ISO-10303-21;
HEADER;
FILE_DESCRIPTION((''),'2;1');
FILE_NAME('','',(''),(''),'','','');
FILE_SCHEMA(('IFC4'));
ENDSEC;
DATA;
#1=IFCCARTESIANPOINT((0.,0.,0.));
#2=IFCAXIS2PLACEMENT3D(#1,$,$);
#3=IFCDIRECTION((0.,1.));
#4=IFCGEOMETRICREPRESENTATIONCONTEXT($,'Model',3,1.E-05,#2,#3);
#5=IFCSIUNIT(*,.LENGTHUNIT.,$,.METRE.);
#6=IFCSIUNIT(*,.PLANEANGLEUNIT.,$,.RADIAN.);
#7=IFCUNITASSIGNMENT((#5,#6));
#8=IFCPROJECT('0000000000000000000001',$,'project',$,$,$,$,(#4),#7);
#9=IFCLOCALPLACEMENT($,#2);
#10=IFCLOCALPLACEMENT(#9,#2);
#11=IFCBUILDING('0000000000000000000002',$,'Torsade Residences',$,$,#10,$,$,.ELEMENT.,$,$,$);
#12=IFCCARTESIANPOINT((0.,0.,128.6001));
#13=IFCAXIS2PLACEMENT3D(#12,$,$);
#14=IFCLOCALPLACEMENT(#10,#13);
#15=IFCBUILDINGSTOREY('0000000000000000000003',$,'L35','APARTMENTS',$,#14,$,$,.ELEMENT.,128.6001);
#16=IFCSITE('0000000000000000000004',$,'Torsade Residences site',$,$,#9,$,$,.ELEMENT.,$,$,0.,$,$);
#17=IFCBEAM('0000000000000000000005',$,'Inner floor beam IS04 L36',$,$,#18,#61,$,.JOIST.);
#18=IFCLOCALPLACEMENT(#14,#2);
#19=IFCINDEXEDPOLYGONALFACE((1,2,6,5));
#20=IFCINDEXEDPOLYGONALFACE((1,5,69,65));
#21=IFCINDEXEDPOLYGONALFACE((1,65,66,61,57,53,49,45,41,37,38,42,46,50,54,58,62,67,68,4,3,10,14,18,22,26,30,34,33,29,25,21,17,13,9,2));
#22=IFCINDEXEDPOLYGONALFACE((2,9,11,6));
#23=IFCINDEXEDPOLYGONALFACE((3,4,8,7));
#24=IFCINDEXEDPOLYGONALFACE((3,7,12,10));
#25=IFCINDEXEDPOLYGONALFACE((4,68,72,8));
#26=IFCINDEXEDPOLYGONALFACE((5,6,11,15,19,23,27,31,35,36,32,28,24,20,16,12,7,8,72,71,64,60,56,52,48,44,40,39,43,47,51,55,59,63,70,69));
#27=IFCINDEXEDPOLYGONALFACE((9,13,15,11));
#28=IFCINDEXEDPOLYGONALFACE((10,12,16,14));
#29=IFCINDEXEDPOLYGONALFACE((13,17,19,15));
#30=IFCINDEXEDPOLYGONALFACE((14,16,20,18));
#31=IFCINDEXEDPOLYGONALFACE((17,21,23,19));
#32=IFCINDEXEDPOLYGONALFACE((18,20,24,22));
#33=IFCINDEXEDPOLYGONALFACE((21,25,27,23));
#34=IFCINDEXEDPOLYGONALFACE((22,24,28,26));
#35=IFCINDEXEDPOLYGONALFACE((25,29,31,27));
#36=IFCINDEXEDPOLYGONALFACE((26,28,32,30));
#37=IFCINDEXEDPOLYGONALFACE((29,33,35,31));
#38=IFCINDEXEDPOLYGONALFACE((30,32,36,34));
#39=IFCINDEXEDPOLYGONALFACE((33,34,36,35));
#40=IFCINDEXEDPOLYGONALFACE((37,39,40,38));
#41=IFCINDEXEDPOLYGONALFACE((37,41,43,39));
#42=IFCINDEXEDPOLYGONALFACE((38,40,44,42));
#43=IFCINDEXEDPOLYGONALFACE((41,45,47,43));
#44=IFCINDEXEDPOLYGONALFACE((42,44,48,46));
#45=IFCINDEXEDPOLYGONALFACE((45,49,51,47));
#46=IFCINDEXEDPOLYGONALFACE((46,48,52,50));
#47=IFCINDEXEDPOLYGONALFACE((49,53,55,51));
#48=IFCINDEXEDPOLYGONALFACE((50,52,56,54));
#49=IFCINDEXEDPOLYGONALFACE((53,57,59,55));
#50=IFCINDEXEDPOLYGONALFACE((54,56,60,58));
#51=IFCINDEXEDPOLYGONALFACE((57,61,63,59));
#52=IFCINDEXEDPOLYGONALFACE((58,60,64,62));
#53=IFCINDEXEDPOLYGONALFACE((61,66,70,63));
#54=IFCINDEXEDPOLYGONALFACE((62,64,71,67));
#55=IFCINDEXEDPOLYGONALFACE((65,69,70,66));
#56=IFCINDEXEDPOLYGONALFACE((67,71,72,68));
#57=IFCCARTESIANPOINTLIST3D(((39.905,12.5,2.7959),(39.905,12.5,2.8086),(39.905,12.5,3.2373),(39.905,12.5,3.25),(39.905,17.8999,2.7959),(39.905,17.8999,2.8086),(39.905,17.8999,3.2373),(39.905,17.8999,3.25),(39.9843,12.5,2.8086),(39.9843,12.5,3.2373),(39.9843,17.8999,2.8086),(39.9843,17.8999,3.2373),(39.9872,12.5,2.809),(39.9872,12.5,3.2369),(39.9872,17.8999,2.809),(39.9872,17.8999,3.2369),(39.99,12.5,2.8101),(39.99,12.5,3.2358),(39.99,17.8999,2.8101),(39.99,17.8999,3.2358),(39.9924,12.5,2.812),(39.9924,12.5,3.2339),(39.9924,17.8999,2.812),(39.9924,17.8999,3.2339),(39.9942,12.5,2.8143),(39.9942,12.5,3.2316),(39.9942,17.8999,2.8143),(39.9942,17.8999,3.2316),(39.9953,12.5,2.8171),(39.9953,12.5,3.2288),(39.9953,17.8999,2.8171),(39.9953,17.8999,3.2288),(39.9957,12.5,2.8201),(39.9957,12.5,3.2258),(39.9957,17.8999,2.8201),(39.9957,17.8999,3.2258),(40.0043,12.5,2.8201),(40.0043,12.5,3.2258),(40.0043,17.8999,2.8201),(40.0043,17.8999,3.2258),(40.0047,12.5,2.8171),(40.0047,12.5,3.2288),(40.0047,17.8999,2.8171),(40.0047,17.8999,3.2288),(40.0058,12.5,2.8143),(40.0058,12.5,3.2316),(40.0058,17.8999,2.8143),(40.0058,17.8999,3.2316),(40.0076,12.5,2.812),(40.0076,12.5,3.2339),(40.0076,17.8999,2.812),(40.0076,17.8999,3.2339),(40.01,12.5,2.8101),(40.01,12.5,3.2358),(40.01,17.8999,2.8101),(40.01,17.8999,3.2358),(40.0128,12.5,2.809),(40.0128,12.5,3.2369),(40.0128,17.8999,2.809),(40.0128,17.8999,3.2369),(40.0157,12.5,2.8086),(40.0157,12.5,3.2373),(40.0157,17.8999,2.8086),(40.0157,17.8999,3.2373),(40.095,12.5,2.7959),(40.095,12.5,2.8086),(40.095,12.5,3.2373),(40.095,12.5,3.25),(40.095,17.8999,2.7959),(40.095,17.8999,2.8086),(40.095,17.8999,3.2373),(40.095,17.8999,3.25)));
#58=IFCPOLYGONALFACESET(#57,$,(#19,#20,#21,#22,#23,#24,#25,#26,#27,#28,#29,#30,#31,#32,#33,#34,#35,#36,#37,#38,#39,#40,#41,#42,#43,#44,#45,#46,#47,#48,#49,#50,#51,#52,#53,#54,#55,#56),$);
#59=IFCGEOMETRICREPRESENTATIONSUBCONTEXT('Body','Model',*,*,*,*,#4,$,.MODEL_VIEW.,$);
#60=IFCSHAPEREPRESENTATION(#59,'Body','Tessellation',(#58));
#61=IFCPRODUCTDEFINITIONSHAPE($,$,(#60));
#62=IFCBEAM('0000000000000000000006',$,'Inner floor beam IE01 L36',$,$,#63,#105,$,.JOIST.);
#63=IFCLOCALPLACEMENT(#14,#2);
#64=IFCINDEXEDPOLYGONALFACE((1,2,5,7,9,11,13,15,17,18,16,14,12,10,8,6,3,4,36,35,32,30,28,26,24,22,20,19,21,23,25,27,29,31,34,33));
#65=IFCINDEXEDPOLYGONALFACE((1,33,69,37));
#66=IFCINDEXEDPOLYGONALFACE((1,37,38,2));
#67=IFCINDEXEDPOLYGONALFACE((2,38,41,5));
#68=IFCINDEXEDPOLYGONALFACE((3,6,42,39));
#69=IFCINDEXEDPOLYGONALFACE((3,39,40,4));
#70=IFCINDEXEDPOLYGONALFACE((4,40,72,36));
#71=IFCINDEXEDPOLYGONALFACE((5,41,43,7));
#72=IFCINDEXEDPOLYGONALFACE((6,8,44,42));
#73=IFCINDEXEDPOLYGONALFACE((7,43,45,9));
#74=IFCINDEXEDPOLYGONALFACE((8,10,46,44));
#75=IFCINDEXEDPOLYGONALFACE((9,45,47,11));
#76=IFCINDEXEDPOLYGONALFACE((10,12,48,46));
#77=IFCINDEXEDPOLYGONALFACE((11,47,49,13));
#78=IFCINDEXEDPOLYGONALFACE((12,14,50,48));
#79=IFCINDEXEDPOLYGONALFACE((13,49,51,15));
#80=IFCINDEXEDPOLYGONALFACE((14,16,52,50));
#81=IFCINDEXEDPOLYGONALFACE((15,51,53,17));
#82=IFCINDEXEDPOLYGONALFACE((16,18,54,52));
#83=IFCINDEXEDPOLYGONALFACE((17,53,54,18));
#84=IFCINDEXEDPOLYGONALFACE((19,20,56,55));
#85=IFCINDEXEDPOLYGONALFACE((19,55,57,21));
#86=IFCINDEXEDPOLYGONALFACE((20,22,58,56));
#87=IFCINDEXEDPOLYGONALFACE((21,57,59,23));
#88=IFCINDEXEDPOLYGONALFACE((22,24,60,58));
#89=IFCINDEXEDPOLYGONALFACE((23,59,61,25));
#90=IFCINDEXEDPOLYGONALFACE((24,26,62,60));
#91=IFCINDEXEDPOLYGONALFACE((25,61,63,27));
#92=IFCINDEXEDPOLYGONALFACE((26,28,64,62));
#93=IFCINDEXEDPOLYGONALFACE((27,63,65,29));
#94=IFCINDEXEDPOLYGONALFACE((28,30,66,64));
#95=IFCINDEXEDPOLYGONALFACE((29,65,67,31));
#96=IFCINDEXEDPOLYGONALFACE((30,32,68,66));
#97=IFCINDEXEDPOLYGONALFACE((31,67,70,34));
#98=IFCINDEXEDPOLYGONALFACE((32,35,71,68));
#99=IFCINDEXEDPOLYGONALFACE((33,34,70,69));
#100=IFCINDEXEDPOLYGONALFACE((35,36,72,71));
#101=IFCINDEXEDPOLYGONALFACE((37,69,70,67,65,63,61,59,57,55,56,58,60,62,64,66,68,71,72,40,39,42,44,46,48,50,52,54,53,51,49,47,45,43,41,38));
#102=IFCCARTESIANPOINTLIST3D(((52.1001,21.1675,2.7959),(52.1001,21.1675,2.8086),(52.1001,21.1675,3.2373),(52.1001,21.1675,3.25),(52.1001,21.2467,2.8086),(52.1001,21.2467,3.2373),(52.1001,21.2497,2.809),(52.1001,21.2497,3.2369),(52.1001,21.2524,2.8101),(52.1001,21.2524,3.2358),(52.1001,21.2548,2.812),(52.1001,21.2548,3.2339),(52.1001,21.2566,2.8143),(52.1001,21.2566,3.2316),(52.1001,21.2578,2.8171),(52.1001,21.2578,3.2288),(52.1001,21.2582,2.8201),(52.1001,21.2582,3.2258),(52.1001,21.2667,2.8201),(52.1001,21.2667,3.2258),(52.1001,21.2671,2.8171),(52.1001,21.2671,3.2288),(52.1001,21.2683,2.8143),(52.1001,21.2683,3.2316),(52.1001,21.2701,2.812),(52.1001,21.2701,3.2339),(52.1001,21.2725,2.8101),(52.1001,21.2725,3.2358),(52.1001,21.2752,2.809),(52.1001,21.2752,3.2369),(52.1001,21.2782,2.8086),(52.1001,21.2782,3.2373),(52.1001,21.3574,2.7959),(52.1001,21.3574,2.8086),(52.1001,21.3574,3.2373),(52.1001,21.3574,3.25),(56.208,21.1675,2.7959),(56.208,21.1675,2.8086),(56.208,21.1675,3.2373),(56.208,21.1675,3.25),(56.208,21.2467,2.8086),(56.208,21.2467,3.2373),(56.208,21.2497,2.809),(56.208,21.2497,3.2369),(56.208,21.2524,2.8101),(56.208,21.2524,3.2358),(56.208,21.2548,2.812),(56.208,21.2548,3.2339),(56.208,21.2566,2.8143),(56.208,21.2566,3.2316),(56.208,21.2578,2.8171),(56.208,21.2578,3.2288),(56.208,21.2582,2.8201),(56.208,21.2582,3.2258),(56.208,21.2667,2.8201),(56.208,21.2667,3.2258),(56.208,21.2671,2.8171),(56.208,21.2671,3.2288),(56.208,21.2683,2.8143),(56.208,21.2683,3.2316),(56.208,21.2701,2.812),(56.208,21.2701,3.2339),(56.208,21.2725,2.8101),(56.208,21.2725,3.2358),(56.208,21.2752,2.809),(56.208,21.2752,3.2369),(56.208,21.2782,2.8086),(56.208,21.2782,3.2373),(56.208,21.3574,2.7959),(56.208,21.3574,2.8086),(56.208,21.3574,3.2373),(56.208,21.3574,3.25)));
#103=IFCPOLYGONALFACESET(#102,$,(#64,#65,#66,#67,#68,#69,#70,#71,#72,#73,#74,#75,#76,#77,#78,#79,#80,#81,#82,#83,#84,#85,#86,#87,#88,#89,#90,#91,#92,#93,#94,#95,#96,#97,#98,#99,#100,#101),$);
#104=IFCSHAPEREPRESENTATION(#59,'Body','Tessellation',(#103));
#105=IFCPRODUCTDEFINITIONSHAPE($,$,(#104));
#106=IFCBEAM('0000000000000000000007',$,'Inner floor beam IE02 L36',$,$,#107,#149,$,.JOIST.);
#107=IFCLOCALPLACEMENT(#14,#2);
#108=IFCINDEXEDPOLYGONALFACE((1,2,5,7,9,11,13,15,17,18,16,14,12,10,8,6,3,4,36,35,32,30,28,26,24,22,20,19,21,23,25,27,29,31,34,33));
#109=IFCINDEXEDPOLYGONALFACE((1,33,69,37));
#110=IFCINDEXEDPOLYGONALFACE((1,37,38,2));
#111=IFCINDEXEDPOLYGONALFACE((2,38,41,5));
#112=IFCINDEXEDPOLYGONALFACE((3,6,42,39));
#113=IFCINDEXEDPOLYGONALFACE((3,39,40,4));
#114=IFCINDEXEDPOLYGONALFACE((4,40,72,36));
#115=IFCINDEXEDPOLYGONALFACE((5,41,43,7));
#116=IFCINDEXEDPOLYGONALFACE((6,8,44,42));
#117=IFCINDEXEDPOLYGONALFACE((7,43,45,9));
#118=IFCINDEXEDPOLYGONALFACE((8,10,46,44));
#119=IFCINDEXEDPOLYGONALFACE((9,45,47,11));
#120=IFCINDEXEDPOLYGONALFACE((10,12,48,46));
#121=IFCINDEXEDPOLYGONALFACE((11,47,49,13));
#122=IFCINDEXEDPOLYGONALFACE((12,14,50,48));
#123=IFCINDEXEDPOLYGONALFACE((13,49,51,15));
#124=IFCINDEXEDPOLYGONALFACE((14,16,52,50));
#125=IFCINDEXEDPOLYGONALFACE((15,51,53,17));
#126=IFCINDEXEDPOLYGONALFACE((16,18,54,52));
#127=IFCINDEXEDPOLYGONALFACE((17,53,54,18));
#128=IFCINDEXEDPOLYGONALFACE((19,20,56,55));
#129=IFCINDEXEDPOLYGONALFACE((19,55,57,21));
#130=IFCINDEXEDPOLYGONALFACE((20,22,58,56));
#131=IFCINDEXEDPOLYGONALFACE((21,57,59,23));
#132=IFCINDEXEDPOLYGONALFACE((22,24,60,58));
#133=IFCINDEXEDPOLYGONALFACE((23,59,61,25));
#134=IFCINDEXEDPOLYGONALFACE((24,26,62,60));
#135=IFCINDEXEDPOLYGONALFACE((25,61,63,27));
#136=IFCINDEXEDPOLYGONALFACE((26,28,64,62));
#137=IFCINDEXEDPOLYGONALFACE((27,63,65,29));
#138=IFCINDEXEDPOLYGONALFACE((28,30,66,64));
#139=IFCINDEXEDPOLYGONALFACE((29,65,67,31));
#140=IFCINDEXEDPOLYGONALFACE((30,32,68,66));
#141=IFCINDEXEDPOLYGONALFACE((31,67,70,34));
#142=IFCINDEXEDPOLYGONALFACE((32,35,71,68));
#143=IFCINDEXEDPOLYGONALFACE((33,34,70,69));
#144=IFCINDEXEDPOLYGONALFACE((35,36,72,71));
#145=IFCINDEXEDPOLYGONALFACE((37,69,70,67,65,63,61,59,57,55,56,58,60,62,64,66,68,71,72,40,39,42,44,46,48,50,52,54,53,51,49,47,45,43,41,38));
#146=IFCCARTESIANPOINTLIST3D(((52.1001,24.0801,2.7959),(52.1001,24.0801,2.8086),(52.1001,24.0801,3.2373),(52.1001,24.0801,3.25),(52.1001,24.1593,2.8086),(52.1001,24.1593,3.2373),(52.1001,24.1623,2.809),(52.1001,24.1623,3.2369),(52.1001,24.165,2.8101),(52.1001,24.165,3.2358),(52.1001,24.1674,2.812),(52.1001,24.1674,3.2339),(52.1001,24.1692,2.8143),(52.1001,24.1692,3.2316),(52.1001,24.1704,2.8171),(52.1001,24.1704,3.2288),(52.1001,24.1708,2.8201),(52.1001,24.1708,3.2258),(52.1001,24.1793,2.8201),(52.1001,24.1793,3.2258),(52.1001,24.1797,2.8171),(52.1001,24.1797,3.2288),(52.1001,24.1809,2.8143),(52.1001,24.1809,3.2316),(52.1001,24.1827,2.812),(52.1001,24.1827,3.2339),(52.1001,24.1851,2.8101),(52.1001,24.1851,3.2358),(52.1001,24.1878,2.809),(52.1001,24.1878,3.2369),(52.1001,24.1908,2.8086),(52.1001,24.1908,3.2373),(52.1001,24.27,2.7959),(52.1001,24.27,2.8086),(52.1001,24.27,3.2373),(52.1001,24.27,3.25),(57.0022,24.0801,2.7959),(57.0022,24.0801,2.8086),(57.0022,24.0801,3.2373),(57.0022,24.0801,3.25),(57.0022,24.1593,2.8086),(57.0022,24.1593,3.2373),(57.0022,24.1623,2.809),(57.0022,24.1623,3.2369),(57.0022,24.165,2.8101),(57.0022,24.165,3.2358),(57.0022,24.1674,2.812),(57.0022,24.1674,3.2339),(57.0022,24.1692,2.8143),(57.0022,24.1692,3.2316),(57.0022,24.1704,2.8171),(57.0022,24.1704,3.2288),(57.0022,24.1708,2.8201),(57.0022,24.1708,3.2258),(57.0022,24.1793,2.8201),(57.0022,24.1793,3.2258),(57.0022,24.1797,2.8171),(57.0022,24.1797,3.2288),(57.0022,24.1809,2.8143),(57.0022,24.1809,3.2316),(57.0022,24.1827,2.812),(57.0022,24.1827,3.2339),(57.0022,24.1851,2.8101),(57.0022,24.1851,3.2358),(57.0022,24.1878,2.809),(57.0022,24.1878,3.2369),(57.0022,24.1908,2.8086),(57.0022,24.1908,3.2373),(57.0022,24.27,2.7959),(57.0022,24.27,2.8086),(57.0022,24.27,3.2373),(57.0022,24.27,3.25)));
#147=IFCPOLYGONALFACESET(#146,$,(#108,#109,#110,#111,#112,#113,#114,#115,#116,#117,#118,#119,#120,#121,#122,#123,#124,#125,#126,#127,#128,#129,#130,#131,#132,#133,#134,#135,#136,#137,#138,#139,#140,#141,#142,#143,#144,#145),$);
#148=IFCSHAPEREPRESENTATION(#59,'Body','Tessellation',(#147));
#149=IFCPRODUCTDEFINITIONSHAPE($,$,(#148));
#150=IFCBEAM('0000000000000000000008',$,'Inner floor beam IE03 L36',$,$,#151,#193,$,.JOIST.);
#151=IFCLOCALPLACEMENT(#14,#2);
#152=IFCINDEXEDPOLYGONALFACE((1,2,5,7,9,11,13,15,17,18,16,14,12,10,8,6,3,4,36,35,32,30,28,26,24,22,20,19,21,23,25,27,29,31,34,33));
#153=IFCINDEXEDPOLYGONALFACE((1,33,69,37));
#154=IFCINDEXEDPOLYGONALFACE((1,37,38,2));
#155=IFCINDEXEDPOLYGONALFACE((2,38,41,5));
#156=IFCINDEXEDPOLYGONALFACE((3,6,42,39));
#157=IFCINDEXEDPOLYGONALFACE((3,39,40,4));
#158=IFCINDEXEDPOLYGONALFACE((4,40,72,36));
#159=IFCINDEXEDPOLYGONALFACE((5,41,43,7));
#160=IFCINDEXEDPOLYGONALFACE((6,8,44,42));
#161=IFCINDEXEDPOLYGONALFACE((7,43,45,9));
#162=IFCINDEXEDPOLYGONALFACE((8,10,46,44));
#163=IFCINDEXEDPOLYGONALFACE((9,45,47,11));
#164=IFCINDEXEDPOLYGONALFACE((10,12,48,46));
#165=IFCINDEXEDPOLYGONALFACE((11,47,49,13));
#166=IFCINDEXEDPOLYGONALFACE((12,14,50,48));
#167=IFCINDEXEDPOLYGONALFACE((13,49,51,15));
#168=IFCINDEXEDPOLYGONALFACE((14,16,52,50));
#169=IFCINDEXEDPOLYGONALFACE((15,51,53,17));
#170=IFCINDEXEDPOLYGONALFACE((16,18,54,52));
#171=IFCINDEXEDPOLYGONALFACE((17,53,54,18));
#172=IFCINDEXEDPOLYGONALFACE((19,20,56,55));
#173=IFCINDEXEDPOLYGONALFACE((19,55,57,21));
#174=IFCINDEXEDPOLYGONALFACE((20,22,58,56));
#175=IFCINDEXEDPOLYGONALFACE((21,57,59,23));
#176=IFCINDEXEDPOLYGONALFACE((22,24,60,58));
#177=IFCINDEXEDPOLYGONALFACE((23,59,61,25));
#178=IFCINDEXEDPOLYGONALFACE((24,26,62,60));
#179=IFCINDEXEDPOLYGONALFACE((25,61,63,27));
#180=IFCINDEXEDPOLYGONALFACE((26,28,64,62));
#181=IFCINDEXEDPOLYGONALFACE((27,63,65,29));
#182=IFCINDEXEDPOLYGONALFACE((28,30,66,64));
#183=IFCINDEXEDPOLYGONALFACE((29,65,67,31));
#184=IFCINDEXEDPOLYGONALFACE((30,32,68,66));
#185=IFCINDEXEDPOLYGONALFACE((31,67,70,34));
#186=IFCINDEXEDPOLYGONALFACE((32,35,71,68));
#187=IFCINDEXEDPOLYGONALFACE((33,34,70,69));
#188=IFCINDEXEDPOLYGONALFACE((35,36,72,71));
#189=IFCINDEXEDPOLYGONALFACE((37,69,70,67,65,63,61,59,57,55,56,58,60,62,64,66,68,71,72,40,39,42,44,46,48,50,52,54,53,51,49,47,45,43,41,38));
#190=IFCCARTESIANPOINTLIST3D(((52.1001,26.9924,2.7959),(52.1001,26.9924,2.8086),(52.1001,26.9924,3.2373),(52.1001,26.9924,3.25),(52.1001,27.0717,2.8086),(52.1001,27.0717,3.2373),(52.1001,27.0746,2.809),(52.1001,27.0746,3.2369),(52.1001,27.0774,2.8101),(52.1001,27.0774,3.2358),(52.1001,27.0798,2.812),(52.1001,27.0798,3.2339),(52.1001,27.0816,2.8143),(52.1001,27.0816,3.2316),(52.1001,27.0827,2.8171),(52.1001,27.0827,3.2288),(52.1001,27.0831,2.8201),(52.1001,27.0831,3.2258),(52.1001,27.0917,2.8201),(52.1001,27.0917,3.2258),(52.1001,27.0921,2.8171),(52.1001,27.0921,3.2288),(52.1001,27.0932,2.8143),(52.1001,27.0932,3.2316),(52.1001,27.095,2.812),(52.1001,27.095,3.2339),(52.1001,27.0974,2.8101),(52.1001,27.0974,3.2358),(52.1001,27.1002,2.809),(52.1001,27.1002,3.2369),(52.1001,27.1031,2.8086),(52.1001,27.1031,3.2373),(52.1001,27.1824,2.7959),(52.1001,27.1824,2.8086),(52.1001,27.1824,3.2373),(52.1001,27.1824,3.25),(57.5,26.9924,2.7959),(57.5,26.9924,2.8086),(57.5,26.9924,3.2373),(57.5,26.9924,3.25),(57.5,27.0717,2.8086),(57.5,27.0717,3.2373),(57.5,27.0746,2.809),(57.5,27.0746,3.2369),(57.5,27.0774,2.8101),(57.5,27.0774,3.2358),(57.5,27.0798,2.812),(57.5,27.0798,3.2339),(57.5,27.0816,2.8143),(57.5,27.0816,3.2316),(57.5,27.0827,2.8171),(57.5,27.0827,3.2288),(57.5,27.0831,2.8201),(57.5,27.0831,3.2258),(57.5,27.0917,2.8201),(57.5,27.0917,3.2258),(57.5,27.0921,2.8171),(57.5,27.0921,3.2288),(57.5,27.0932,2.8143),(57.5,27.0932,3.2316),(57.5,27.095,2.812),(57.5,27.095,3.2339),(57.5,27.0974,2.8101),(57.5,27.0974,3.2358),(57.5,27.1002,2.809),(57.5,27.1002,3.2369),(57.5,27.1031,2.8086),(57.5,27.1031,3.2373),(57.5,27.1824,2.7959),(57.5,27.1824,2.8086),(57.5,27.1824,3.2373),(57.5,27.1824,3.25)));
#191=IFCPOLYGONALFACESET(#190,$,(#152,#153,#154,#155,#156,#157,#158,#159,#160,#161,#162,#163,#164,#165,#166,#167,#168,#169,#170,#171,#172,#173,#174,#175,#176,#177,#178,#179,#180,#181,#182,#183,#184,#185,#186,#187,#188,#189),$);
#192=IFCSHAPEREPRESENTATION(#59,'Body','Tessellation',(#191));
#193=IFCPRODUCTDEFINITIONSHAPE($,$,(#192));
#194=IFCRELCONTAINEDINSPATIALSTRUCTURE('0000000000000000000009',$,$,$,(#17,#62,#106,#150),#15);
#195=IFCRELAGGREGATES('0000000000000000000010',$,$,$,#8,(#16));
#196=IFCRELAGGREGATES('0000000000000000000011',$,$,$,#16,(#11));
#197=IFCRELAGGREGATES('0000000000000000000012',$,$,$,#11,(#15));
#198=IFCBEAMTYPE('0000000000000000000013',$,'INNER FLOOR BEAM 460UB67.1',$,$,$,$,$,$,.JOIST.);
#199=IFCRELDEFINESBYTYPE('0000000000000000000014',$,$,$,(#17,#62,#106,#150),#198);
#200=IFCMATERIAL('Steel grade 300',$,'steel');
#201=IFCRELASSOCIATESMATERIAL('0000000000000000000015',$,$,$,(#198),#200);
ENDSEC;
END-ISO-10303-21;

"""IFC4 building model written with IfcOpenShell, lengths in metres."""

from ifc_helpers import new_model, si_unit, direction, frame, origin, origin_2d, place, context, subcontext, project, spatial, i_section, extrude, material, material_profile, profile_set, type_object, element, save


model = new_model("IFC4")

# Units and contexts
model_context = context("Model", 3, precision=1e-05, world=origin(), true_north=direction((0.0, 1.0)))
body_context = subcontext(model_context, "Body", "Model", "MODEL_VIEW")
ifc_project = project(units=[si_unit("LENGTHUNIT", "METRE"), si_unit("PLANEANGLEUNIT", "RADIAN")], contexts=[model_context])

# Site, building, storey
site_placement = place(None, origin())
site = spatial("IfcSite", under=ifc_project, at=site_placement, Name="Torsade Residences site", CompositionType="ELEMENT", RefElevation=0.0)
building_placement = place(site_placement, origin())
building = spatial("IfcBuilding", under=site, at=building_placement, Name="Torsade Residences", CompositionType="ELEMENT")
storey_placement = place(building_placement, frame((0.0, 0.0, 128.6001)))
storey = spatial("IfcBuildingStorey", under=building, at=storey_placement, Name="L35", Description="APARTMENTS", CompositionType="ELEMENT", Elevation=128.6001)

# Beams
ifc_material_1 = material(Name="Steel grade 300", Category="steel")
ifc_material_profile_1 = material_profile(ifc_material_1, i_section(OverallWidth=0.1899, OverallDepth=0.4541, WebThickness=0.0085, FlangeThickness=0.0127, FilletRadius=0.0115, at=origin_2d()), Name="460UB67.1")
ifc_profile_set_1 = profile_set([ifc_material_profile_1], Name="Steel grade 300")
beam_type_1 = type_object("IfcBeamType", Name="INNER FLOOR BEAM 460UB67.1", PredefinedType="JOIST", material=ifc_profile_set_1)
for number, where, z_axis, x_axis, name in (
    (1, (40.0, 17.8999, 3.0229), (0.0, -1.0, 0.0), (1.0, 0.0, 0.0), "Inner floor beam IS04 L36"),
):
    element("IfcBeam", number, at=place(storey_placement, frame(where, z_axis=z_axis, x_axis=x_axis)), inside=storey, type_object=beam_type_1, Name=name, PredefinedType="JOIST", context=body_context, shape_type="SweptSolid", body=[
        extrude(i_section(OverallWidth=0.1899, OverallDepth=0.4541, WebThickness=0.0085, FlangeThickness=0.0127, FilletRadius=0.0115, at=origin_2d()), origin(), (0.0, 0.0, 1.0), 5.3999),
    ])
beam_1_placement = place(storey_placement, frame((52.1001, 21.2625, 3.0229), z_axis=(1.0, 0.0, 0.0), x_axis=(0.0, 1.0, 0.0)))
element("IfcBeam", 2, at=beam_1_placement, inside=storey, type_object=beam_type_1, Name="Inner floor beam IE01 L36", PredefinedType="JOIST", context=body_context, shape_type="SweptSolid", body=[
    extrude(i_section(OverallWidth=0.1899, OverallDepth=0.4541, WebThickness=0.0085, FlangeThickness=0.0127, FilletRadius=0.0115, at=origin_2d()), origin(), (0.0, 0.0, 1.0), 4.1079),
])
beam_2_placement = place(storey_placement, frame((52.1001, 24.175, 3.0229), z_axis=(1.0, 0.0, 0.0), x_axis=(0.0, 1.0, 0.0)))
element("IfcBeam", 3, at=beam_2_placement, inside=storey, type_object=beam_type_1, Name="Inner floor beam IE02 L36", PredefinedType="JOIST", context=body_context, shape_type="SweptSolid", body=[
    extrude(i_section(OverallWidth=0.1899, OverallDepth=0.4541, WebThickness=0.0085, FlangeThickness=0.0127, FilletRadius=0.0115, at=origin_2d()), origin(), (0.0, 0.0, 1.0), 4.9021),
])
beam_3_placement = place(storey_placement, frame((52.1001, 27.0874, 3.0229), z_axis=(1.0, 0.0, 0.0), x_axis=(0.0, 1.0, 0.0)))
element("IfcBeam", 4, at=beam_3_placement, inside=storey, type_object=beam_type_1, Name="Inner floor beam IE03 L36", PredefinedType="JOIST", context=body_context, shape_type="SweptSolid", body=[
    extrude(i_section(OverallWidth=0.1899, OverallDepth=0.4541, WebThickness=0.0085, FlangeThickness=0.0127, FilletRadius=0.0115, at=origin_2d()), origin(), (0.0, 0.0, 1.0), 5.3999),
])

save(model, "model.ifc")
